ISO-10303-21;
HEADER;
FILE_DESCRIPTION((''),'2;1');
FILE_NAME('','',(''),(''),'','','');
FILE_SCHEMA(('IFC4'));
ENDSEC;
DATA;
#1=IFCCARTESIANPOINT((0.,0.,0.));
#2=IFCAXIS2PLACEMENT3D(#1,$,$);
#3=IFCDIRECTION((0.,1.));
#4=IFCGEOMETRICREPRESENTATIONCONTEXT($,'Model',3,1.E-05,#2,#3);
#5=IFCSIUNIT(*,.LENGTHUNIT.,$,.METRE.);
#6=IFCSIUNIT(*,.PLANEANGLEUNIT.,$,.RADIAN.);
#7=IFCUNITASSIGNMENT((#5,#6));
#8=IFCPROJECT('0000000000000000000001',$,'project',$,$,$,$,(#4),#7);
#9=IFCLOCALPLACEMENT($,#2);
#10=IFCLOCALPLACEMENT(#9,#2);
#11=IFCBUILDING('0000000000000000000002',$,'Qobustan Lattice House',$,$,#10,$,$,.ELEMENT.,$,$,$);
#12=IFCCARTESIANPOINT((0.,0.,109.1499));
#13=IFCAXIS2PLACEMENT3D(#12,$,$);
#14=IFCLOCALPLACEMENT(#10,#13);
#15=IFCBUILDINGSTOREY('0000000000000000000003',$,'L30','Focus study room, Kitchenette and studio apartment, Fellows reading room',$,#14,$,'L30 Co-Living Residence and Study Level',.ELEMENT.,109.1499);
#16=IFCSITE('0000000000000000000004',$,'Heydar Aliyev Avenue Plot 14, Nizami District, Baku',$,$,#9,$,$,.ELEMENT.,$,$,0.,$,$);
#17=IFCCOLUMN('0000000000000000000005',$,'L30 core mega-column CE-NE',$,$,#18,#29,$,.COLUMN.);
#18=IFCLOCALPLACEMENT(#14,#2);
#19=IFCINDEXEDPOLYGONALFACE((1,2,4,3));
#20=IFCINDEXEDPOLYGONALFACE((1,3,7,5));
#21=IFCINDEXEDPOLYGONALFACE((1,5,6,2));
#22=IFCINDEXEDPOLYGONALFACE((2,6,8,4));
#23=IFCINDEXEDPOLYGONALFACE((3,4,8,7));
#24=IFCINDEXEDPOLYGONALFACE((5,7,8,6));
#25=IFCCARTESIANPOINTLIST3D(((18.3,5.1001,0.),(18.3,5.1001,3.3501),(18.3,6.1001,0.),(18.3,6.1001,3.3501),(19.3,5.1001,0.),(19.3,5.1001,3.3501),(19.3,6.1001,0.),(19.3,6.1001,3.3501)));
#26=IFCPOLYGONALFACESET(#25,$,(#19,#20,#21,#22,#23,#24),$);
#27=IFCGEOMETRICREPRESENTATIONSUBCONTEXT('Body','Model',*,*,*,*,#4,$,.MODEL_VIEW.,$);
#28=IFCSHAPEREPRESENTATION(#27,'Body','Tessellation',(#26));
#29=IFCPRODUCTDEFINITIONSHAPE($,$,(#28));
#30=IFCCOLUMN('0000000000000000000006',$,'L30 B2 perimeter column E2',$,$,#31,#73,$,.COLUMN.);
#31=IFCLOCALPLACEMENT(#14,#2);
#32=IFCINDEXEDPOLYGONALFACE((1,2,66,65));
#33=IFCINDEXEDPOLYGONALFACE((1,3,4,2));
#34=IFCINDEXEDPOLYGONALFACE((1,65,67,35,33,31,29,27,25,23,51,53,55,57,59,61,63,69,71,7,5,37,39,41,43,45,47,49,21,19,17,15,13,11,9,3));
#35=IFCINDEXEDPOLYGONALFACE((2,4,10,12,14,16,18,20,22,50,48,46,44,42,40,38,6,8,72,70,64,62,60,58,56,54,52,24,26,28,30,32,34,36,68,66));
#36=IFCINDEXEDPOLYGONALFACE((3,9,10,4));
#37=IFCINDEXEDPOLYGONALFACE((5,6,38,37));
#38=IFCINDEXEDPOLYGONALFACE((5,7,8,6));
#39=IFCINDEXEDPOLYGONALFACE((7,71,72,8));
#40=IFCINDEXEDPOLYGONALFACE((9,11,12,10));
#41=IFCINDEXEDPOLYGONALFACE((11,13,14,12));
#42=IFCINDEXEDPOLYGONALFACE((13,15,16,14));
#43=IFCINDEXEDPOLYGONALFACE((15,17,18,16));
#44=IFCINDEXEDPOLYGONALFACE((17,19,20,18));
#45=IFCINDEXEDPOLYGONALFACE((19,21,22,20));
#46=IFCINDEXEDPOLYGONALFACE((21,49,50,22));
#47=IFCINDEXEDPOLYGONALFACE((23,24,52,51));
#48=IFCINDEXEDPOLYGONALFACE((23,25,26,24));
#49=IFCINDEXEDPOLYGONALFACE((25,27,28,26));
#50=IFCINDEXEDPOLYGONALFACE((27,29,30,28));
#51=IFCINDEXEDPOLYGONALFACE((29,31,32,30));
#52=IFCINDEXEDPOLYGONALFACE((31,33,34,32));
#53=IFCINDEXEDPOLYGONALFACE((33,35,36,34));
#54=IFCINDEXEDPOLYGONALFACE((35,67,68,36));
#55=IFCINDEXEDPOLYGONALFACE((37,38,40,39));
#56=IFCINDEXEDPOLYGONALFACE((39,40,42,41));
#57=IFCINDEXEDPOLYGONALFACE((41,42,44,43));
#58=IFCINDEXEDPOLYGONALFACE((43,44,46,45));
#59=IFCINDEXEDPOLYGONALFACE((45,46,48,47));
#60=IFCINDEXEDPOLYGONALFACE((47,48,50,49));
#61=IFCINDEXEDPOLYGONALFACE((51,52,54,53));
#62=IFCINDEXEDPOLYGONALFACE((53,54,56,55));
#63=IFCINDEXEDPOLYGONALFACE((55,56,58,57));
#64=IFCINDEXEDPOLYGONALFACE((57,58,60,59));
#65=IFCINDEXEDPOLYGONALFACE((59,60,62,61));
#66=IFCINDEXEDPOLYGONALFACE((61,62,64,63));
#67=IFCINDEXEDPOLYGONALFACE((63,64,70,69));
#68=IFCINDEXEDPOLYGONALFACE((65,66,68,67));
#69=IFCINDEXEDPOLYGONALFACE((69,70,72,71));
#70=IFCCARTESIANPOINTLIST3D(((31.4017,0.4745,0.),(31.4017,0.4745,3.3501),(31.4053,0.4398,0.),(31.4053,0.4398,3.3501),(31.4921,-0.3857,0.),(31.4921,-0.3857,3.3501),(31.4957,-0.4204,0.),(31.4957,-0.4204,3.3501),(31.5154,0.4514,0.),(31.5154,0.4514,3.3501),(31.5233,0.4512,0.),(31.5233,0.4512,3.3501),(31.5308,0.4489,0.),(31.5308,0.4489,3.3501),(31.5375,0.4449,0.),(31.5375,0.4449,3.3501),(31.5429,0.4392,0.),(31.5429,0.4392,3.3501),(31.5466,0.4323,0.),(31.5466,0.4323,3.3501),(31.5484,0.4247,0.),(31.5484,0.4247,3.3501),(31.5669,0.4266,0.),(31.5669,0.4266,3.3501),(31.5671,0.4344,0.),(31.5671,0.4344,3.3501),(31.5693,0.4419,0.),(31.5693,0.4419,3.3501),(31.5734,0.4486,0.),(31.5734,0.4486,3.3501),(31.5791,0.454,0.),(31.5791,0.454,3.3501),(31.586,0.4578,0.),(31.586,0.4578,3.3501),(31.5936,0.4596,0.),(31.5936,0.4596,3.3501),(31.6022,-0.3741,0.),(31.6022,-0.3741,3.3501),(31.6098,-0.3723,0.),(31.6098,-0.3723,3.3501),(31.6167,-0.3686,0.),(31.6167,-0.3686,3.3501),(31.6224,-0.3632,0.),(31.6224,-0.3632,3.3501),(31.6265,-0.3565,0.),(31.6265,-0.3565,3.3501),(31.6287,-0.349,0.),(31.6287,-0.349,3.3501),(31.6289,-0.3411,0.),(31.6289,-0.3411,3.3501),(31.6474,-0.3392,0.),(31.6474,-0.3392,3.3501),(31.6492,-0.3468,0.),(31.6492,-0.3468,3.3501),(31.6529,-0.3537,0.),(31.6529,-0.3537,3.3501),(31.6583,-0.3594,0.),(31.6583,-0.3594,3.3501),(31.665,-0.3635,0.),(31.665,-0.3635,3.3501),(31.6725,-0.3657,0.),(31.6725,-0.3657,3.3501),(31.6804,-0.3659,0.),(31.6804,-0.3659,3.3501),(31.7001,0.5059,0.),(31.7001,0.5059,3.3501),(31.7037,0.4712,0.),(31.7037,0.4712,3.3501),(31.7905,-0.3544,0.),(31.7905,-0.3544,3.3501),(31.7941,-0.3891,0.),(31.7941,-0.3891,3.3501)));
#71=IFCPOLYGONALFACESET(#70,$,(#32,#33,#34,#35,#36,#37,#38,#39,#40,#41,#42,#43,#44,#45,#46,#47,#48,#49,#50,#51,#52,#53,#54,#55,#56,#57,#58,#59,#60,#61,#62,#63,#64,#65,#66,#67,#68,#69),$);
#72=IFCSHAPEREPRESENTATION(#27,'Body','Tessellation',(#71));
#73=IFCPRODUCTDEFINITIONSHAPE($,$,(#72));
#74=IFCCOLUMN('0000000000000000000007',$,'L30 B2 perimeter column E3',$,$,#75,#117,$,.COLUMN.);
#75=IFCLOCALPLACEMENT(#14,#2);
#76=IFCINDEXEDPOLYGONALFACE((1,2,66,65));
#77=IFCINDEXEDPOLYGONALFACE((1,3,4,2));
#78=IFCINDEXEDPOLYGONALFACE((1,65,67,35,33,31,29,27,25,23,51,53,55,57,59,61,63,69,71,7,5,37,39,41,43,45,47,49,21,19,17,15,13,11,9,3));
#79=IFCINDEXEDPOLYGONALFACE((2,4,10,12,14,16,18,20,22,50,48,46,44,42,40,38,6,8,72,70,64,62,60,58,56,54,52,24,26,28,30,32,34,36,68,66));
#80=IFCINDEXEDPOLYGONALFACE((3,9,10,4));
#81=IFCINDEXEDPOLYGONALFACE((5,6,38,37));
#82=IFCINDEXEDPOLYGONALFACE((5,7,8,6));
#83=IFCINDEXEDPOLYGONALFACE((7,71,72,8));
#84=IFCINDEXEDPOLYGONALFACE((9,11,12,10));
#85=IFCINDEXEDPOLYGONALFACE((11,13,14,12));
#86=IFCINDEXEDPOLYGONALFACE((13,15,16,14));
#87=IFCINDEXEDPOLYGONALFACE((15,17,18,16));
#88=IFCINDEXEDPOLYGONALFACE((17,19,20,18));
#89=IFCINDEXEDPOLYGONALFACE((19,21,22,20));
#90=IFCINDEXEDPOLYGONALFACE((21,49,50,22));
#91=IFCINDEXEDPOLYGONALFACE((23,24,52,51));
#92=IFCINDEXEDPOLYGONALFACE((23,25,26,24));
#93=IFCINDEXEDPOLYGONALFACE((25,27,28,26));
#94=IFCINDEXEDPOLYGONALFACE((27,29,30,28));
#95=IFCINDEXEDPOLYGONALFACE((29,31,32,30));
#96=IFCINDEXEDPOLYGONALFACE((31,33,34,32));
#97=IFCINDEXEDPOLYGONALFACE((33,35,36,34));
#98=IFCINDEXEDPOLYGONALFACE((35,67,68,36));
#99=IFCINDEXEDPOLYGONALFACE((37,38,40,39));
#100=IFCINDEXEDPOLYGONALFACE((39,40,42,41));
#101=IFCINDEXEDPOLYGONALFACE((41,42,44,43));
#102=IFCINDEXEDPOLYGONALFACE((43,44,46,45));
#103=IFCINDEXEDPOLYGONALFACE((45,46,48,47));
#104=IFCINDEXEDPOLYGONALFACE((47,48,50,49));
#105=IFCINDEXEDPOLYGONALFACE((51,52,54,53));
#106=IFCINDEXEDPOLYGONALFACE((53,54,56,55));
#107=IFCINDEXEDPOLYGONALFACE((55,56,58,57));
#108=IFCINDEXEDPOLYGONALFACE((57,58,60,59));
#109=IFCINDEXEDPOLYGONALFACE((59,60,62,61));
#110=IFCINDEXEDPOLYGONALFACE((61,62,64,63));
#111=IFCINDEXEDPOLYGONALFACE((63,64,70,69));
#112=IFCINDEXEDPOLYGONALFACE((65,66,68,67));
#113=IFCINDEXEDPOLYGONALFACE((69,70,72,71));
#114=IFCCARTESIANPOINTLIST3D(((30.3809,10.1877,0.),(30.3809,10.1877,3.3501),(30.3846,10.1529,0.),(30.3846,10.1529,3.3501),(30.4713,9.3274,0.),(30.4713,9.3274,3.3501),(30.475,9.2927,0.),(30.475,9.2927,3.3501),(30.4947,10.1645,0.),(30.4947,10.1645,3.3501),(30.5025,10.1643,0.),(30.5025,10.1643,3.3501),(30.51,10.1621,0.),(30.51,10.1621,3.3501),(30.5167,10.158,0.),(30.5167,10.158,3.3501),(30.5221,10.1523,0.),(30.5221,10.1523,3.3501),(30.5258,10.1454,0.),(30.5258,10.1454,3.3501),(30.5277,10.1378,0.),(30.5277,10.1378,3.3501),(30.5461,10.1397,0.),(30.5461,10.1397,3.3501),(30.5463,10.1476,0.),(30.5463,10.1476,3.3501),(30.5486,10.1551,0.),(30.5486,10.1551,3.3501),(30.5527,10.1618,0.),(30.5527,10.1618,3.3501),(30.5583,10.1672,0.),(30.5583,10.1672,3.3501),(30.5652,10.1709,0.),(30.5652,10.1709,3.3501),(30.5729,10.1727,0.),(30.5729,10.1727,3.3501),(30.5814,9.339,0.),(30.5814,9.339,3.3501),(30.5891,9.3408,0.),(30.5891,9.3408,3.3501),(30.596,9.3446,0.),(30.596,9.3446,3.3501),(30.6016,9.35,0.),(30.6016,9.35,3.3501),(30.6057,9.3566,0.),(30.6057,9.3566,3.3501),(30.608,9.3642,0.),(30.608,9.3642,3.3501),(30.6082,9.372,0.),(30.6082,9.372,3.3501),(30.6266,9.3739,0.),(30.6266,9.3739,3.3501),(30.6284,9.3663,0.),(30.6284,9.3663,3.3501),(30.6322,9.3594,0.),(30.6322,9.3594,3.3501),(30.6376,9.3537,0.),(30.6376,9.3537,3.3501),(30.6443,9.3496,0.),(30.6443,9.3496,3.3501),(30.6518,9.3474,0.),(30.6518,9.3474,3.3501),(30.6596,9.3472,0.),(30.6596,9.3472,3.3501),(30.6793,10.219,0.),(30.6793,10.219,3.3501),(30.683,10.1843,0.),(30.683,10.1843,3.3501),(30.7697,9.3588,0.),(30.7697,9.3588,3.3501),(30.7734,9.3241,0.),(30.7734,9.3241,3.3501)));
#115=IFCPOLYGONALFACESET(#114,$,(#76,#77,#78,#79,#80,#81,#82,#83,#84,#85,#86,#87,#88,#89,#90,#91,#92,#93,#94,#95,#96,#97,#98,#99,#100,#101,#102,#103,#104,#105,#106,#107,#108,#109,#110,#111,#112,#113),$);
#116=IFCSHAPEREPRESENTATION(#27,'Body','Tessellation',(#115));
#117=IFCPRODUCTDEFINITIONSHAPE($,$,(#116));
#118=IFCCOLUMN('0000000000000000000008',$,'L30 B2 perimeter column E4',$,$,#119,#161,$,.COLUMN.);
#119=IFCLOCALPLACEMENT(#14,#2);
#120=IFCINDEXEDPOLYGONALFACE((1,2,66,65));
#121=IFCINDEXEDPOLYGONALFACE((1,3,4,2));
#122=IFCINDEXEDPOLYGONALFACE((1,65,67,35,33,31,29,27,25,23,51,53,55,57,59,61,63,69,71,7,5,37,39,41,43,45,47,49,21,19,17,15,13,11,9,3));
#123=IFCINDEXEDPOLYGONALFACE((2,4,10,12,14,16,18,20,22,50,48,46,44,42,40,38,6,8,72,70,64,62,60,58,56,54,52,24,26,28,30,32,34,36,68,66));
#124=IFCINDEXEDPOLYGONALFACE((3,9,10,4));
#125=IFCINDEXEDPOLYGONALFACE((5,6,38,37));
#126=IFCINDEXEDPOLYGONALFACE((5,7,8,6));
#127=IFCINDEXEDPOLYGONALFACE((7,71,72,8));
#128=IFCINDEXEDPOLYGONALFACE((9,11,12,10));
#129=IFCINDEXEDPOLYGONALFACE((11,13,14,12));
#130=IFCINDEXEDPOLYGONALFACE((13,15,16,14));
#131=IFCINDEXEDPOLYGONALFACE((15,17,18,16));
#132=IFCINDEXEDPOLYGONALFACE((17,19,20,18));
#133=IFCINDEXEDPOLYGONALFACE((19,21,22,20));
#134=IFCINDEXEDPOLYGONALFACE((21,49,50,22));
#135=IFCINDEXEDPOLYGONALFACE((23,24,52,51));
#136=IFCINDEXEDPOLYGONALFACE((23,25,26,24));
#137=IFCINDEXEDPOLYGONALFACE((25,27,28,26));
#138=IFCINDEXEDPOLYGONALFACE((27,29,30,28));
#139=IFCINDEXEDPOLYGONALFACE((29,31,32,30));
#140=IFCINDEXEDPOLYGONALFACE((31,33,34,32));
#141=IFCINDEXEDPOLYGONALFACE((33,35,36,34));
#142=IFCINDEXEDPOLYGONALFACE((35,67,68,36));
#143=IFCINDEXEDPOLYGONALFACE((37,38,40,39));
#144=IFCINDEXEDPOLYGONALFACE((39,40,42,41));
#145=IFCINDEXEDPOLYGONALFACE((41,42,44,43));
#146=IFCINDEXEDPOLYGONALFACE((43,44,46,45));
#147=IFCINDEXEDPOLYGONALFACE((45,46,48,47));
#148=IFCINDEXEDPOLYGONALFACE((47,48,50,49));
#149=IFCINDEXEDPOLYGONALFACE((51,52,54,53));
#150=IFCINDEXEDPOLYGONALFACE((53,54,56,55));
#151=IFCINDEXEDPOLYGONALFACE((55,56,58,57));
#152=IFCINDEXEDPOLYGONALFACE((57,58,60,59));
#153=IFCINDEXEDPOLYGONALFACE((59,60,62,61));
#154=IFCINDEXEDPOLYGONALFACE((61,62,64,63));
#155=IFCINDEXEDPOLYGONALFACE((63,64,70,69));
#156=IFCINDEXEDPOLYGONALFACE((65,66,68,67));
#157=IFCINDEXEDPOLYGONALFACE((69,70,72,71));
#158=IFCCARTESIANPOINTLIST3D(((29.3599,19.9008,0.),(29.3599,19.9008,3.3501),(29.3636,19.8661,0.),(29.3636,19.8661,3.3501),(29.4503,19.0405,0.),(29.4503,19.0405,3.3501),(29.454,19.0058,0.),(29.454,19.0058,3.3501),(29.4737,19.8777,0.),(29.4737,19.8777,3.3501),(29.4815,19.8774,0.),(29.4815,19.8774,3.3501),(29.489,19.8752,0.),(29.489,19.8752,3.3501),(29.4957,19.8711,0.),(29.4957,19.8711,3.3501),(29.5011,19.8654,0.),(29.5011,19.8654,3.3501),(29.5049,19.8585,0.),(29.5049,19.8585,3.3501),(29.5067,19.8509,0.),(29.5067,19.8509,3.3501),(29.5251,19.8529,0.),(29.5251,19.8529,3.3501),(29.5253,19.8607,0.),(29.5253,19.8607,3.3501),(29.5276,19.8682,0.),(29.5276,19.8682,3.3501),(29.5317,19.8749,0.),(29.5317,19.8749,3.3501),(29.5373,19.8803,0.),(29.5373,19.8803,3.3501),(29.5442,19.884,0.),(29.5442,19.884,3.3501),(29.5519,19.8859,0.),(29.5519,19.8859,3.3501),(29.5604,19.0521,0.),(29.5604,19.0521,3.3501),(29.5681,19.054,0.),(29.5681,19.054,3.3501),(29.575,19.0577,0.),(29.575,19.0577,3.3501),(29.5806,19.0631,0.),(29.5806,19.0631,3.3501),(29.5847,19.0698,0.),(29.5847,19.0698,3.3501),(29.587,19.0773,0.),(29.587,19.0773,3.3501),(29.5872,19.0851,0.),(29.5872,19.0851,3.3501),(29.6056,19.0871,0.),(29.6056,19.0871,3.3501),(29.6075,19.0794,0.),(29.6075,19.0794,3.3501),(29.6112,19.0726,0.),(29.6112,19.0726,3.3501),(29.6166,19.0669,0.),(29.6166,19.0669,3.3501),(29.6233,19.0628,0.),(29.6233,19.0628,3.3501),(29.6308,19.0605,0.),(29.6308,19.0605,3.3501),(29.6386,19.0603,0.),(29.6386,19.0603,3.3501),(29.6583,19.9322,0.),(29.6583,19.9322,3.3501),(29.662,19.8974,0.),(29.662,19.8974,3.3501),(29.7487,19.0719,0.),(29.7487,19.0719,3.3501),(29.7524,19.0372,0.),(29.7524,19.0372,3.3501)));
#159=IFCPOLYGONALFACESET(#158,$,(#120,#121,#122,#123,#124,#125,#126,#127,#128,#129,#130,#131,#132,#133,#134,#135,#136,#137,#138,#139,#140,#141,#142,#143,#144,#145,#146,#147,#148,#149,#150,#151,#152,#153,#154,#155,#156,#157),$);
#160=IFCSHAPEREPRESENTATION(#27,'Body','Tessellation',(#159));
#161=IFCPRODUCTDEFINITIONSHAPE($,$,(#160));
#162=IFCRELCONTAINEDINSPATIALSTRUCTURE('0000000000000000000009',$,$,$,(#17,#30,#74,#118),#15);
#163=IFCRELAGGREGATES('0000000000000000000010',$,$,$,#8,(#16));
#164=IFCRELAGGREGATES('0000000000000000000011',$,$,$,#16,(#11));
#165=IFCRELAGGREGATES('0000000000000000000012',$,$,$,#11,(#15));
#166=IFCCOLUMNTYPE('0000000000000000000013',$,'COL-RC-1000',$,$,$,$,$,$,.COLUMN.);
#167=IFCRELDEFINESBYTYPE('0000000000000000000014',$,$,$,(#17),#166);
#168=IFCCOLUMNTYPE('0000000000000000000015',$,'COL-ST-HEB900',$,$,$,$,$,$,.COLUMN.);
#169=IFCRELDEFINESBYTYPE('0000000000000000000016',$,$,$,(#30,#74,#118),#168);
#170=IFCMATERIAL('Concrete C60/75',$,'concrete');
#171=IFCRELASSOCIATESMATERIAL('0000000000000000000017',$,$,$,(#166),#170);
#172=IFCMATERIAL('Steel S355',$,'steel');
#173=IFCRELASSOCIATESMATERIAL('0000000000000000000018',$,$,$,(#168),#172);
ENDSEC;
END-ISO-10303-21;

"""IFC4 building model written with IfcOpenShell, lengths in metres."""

from ifc_helpers import new_model, si_unit, direction, frame, origin, origin_2d, place, context, subcontext, project, spatial, rectangle, i_section, extrude, material, material_profile, profile_set, type_object, element, save


model = new_model("IFC4")

# Units and contexts
model_context = context("Model", 3, precision=1e-05, world=origin(), true_north=direction((0.0, 1.0)))
body_context = subcontext(model_context, "Body", "Model", "MODEL_VIEW")
ifc_project = project(units=[si_unit("LENGTHUNIT", "METRE"), si_unit("PLANEANGLEUNIT", "RADIAN")], contexts=[model_context])

# Site, building, storey
site_placement = place(None, origin())
site = spatial("IfcSite", under=ifc_project, at=site_placement, Name="Heydar Aliyev Avenue Plot 14, Nizami District, Baku", CompositionType="ELEMENT", RefElevation=0.0)
building_placement = place(site_placement, origin())
building = spatial("IfcBuilding", under=site, at=building_placement, Name="Qobustan Lattice House", CompositionType="ELEMENT")
storey_placement = place(building_placement, frame((0.0, 0.0, 109.1499)))
storey = spatial("IfcBuildingStorey", under=building, at=storey_placement, Name="L30", Description="Focus study room, Kitchenette and studio apartment, Fellows reading room", LongName="L30 Co-Living Residence and Study Level", CompositionType="ELEMENT", Elevation=109.1499)

# Columns
ifc_material_1 = material(Name="Concrete C60/75", Category="concrete")
ifc_material_profile_1 = material_profile(ifc_material_1, rectangle(XDim=1.0, YDim=1.0, at=origin_2d()), Name="RC1000x1000")
ifc_profile_set_1 = profile_set([ifc_material_profile_1], Name="Concrete C60/75")
column_type_1 = type_object("IfcColumnType", Name="COL-RC-1000", PredefinedType="COLUMN", material=ifc_profile_set_1)
column_1_placement = place(storey_placement, frame((18.8, 5.6001, 0.0), z_axis=(0.0, 0.0, 1.0), x_axis=(1.0, 0.0, 0.0)))
element("IfcColumn", 1, at=column_1_placement, inside=storey, type_object=column_type_1, Name="L30 core mega-column CE-NE", PredefinedType="COLUMN", context=body_context, shape_type="SweptSolid", body=[
    extrude(rectangle(XDim=1.0, YDim=1.0, at=origin_2d()), origin(), (0.0, 0.0, 1.0), 3.3501),
])
ifc_material_2 = material(Name="Steel S355", Category="steel")
ifc_material_profile_2 = material_profile(ifc_material_2, i_section(OverallWidth=0.3, OverallDepth=0.8999, WebThickness=0.0186, FlangeThickness=0.0349, FilletRadius=0.03, at=origin_2d()), Name="HEB900")
ifc_profile_set_2 = profile_set([ifc_material_profile_2], Name="Steel S355")
column_type_2 = type_object("IfcColumnType", Name="COL-ST-HEB900", PredefinedType="COLUMN", material=ifc_profile_set_2)
for number, where, z_axis, x_axis, name in (
    (2, (31.5979, 0.0427, 0.0), (0.0, 0.0, 1.0), (0.994522, 0.104528, 0.0), "L30 B2 perimeter column E2"),
    (3, (30.5771, 9.7559, 0.0), (0.0, 0.0, 1.0), (0.994522, 0.104528, 0.0), "L30 B2 perimeter column E3"),
    (4, (29.5562, 19.469, 0.0), (0.0, 0.0, 1.0), (0.994522, 0.104528, 0.0), "L30 B2 perimeter column E4"),
):
    element("IfcColumn", number, at=place(storey_placement, frame(where, z_axis=z_axis, x_axis=x_axis)), inside=storey, type_object=column_type_2, Name=name, PredefinedType="COLUMN", context=body_context, shape_type="SweptSolid", body=[
        extrude(i_section(OverallWidth=0.3, OverallDepth=0.8999, WebThickness=0.0186, FlangeThickness=0.0349, FilletRadius=0.03, at=origin_2d()), origin(), (0.0, 0.0, 1.0), 3.3501),
    ])

save(model, "model.ifc")
